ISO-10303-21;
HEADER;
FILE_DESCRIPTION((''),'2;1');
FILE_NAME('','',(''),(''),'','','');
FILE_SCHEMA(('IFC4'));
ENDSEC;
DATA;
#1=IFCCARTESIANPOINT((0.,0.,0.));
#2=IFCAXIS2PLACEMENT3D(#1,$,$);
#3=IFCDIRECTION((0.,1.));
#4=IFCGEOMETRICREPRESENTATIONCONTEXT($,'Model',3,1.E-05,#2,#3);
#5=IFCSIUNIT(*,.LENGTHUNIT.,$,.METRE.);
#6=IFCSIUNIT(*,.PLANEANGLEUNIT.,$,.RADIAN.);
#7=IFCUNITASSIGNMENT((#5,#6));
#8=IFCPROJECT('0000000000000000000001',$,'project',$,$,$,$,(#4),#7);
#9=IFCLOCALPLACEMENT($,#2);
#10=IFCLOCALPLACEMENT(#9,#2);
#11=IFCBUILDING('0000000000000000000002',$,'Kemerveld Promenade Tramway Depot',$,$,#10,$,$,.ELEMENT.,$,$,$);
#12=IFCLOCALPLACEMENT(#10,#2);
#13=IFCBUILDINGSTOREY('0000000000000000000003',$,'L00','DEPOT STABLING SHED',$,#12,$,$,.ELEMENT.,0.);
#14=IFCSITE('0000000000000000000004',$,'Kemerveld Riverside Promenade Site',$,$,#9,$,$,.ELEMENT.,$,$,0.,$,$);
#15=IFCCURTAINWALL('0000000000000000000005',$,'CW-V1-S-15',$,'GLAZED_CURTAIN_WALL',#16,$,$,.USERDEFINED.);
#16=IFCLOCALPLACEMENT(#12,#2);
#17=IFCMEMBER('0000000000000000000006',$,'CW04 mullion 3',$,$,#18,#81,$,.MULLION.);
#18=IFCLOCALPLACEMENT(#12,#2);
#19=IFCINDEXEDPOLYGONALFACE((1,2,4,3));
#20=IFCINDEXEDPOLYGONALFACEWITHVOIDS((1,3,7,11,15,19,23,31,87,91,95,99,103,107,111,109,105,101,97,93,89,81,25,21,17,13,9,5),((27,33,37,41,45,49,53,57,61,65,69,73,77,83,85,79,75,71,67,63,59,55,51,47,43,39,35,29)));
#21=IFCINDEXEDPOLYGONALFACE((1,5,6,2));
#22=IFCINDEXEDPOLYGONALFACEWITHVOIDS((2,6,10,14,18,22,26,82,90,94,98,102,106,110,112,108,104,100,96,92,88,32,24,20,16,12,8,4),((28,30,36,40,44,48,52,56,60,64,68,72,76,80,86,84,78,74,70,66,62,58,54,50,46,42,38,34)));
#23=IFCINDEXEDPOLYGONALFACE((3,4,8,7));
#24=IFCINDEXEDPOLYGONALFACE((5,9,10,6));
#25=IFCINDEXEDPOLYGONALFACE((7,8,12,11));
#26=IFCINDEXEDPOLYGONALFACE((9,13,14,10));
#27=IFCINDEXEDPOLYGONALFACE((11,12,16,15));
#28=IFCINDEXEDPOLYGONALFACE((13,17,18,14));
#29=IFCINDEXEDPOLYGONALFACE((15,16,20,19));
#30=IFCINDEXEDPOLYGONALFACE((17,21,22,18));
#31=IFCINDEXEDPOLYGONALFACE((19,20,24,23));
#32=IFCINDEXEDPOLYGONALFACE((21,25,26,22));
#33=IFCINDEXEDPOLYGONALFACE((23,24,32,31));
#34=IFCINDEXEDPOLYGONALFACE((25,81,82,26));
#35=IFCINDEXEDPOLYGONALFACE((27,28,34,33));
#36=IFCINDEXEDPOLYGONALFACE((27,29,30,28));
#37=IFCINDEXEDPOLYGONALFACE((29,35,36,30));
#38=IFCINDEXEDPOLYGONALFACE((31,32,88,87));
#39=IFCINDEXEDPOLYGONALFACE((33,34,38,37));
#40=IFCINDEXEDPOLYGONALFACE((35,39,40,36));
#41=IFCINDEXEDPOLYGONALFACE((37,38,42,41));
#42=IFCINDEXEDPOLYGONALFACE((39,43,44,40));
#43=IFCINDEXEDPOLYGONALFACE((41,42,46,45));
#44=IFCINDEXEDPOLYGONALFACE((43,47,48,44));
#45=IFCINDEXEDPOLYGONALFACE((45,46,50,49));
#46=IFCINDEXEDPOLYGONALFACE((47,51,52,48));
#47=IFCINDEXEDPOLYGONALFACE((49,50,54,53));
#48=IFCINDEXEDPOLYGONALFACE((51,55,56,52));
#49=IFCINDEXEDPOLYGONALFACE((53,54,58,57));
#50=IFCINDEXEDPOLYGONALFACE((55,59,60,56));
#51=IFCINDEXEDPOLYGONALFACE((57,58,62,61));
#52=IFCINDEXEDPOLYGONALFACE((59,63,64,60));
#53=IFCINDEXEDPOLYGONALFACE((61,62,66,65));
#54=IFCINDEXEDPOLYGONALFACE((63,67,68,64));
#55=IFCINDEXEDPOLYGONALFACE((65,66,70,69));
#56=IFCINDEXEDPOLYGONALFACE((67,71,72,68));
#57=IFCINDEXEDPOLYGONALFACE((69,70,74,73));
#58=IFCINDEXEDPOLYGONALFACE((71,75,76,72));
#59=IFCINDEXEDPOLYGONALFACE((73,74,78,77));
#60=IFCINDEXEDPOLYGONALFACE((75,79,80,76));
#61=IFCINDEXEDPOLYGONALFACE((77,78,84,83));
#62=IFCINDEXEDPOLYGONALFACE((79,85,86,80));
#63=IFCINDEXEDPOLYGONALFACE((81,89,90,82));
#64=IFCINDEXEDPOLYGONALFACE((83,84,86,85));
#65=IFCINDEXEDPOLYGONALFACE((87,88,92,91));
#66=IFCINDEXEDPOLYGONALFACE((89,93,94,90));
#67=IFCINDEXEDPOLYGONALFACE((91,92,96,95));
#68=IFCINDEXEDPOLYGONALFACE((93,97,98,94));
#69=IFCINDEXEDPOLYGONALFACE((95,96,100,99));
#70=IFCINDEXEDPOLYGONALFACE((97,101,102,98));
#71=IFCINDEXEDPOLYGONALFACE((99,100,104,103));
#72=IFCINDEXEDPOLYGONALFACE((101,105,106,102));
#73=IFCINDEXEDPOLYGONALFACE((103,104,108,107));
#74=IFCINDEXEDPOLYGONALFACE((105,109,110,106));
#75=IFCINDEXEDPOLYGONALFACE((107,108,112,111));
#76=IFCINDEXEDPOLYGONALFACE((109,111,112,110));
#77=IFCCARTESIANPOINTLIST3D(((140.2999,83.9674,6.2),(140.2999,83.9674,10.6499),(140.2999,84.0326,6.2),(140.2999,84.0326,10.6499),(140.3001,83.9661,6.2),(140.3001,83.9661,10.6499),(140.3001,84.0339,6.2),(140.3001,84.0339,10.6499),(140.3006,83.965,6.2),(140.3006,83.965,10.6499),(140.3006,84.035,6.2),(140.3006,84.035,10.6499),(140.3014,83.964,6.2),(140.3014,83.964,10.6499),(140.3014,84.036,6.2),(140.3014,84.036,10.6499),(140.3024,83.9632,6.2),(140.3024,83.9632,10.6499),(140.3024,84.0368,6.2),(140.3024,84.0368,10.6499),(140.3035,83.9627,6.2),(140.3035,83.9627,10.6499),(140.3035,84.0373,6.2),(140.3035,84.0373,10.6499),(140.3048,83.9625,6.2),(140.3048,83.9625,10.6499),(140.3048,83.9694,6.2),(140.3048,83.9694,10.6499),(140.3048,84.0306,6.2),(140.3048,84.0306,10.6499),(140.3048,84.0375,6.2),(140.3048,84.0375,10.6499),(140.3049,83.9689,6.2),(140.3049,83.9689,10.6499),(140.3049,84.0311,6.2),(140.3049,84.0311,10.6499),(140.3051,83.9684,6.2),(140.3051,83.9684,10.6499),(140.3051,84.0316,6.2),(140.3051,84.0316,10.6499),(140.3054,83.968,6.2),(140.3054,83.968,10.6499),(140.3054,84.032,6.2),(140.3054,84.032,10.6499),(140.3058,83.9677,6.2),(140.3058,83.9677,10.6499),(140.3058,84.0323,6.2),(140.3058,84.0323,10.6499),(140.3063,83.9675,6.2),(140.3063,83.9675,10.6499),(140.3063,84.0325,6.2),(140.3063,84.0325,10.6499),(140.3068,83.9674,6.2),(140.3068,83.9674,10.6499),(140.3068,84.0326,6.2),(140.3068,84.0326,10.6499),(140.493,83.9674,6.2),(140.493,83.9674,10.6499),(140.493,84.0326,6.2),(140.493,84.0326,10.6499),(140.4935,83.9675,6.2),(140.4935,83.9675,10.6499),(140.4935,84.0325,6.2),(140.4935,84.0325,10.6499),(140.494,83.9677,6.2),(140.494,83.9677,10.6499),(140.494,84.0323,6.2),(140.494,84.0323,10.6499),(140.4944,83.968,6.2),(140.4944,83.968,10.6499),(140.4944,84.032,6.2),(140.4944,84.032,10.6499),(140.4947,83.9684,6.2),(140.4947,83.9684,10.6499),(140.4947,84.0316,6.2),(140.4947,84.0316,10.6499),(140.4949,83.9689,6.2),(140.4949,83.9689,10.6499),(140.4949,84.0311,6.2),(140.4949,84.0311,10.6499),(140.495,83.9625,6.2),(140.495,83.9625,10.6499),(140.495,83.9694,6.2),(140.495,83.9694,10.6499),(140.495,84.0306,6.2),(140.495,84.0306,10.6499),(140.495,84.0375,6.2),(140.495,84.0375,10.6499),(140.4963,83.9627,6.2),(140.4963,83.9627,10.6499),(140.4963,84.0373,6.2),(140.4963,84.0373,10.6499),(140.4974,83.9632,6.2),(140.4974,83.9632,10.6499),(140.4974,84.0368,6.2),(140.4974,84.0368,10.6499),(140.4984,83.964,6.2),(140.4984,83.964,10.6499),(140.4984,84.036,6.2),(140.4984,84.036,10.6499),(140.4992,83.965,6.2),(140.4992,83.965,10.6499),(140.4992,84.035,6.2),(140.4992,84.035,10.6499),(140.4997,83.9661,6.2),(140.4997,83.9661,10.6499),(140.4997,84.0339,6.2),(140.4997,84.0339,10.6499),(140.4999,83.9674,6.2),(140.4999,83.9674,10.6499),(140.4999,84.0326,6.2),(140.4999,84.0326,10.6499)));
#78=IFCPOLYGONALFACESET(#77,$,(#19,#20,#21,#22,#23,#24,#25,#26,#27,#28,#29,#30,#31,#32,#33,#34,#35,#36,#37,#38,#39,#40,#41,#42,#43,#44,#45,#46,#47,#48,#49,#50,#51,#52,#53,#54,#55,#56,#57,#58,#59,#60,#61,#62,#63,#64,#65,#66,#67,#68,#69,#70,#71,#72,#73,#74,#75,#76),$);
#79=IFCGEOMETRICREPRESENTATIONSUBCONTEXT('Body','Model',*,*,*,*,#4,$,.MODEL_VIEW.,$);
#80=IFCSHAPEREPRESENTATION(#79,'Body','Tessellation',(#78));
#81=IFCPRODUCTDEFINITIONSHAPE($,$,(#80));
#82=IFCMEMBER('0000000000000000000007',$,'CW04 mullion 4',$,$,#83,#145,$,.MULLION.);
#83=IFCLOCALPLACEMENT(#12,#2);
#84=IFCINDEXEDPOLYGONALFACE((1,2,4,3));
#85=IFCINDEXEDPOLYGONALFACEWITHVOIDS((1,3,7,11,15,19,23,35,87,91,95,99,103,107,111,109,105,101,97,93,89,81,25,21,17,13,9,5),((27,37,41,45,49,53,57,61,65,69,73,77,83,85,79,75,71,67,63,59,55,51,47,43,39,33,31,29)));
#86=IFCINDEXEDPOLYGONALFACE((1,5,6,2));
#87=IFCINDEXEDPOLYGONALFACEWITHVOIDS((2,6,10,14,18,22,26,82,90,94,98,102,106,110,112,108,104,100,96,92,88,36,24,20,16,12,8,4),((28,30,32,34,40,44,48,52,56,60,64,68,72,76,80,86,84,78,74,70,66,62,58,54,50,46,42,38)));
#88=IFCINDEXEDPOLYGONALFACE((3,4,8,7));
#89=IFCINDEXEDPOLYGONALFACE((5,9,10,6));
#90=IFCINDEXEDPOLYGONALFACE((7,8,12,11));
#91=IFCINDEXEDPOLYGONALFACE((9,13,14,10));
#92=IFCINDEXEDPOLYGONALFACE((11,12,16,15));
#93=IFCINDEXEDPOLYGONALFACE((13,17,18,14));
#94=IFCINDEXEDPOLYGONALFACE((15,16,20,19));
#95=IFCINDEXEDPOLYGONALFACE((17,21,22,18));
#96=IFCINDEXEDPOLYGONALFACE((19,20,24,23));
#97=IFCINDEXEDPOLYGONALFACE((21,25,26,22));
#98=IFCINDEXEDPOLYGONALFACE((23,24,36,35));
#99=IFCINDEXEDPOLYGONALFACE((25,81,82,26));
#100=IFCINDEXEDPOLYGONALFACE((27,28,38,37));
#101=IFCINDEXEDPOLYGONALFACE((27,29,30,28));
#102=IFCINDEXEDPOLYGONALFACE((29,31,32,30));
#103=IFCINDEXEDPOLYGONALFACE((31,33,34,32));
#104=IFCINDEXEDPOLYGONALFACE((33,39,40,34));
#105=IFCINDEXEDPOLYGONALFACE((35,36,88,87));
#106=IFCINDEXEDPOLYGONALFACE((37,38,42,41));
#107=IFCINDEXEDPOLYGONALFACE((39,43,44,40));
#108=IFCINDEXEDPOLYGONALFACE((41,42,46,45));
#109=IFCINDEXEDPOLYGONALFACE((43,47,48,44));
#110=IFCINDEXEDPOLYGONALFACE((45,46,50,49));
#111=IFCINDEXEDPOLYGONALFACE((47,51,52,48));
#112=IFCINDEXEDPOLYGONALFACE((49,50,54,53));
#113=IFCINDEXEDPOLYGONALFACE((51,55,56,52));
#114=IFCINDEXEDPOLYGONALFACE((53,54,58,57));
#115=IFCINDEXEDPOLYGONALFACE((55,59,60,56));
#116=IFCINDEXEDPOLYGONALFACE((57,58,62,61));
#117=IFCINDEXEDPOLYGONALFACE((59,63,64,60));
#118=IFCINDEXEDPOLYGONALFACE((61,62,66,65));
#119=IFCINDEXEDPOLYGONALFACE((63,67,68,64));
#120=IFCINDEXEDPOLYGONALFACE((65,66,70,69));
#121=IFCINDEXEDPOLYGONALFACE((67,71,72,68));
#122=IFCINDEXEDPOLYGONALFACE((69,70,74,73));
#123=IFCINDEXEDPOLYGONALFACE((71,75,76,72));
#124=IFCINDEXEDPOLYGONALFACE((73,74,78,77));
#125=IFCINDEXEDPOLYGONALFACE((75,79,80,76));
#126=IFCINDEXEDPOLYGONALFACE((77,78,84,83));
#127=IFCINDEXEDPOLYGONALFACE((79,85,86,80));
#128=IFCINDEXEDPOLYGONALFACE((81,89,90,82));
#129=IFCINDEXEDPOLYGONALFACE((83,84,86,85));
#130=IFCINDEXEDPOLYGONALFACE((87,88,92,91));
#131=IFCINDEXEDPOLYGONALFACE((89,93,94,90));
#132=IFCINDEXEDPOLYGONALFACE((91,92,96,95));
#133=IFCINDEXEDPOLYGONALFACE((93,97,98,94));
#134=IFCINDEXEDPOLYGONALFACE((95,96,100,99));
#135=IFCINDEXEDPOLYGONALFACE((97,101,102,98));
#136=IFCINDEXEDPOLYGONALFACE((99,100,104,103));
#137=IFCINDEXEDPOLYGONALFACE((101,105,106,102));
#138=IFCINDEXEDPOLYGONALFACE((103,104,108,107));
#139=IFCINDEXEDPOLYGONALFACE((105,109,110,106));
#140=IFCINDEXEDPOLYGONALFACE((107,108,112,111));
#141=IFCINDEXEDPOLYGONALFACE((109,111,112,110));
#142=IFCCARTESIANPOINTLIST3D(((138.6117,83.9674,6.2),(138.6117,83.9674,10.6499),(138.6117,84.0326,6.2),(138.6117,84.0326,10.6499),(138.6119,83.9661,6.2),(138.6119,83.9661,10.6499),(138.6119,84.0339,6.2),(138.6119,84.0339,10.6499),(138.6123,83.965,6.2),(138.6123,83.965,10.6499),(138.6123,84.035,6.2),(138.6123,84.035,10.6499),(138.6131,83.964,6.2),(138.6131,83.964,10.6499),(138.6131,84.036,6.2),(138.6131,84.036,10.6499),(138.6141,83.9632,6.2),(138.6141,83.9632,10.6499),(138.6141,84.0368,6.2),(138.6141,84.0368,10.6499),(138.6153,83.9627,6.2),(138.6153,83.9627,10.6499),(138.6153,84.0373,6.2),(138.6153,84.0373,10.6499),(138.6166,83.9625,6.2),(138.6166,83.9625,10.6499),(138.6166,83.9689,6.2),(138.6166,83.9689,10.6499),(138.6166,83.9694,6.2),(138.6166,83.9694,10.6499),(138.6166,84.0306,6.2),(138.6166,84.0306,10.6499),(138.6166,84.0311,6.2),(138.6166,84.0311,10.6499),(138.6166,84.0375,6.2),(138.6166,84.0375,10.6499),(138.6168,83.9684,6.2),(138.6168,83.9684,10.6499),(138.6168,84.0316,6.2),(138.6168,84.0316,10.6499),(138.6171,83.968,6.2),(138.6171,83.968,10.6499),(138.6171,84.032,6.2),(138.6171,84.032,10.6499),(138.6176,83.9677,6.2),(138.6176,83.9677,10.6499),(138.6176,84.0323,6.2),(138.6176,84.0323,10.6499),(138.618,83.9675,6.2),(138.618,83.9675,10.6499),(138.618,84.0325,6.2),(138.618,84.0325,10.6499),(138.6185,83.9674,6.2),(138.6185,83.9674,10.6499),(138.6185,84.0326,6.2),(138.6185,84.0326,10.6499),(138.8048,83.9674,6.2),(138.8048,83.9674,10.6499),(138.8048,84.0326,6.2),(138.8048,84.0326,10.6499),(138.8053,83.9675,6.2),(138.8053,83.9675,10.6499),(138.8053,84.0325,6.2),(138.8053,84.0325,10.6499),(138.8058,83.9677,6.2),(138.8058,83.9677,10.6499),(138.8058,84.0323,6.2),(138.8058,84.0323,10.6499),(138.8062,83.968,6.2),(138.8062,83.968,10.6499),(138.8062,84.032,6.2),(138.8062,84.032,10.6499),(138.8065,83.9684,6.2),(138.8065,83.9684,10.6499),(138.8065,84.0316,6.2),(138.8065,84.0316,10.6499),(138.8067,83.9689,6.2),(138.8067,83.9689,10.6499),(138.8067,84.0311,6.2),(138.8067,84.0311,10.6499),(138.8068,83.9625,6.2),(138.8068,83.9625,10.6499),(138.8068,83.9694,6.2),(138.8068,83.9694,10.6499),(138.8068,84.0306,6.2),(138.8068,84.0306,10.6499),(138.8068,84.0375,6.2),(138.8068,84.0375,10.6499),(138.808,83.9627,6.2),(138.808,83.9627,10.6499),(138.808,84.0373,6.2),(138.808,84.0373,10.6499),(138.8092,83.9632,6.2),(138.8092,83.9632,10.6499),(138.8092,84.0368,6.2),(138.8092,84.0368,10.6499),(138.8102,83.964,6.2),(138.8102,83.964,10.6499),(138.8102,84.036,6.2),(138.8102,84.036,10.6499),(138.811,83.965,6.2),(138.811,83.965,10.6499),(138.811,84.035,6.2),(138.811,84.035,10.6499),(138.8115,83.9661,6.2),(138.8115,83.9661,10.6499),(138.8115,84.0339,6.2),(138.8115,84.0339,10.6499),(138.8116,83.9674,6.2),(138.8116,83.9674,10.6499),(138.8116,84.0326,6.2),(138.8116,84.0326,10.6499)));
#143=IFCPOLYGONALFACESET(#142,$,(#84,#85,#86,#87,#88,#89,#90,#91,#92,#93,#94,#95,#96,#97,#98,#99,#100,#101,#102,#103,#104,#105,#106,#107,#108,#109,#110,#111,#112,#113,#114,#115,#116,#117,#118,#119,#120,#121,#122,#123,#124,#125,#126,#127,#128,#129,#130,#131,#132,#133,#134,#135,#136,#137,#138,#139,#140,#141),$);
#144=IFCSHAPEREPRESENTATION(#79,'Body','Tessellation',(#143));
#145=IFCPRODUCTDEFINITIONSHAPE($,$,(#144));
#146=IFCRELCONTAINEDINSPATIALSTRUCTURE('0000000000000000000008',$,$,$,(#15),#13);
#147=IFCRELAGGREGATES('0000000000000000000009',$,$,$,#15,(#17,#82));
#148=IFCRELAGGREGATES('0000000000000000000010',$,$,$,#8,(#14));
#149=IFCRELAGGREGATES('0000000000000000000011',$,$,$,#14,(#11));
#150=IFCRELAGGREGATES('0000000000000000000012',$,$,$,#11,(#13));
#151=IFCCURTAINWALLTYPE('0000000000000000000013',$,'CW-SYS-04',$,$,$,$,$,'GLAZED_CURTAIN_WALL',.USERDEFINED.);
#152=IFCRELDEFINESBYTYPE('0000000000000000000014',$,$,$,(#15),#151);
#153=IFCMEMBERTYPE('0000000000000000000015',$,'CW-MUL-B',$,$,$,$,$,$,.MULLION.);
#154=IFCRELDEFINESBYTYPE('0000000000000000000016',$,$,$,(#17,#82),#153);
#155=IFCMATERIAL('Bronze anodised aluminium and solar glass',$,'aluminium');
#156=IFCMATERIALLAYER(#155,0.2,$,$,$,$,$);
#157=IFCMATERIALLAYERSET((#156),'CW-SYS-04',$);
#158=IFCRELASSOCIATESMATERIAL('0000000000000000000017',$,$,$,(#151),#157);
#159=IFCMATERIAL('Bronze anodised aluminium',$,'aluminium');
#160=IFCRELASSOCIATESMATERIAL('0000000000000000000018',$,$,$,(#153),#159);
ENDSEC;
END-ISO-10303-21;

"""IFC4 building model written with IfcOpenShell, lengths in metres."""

from ifc_helpers import new_model, si_unit, direction, frame, origin, origin_2d, place, context, subcontext, project, spatial, hollow_rectangle, extrude, material, layer, layer_set, material_profile, profile_set, type_object, element, aggregate, save


model = new_model("IFC4")

# Units and contexts
model_context = context("Model", 3, precision=1e-05, world=origin(), true_north=direction((0.0, 1.0)))
body_context = subcontext(model_context, "Body", "Model", "MODEL_VIEW")
ifc_project = project(units=[si_unit("LENGTHUNIT", "METRE"), si_unit("PLANEANGLEUNIT", "RADIAN")], contexts=[model_context])

# Site, building, storey
site_placement = place(None, origin())
site = spatial("IfcSite", under=ifc_project, at=site_placement, Name="Kemerveld Riverside Promenade Site", CompositionType="ELEMENT", RefElevation=0.0)
building_placement = place(site_placement, origin())
building = spatial("IfcBuilding", under=site, at=building_placement, Name="Kemerveld Promenade Tramway Depot", CompositionType="ELEMENT")
storey_placement = place(building_placement, origin())
storey = spatial("IfcBuildingStorey", under=building, at=storey_placement, Name="L00", Description="DEPOT STABLING SHED", CompositionType="ELEMENT", Elevation=0.0)

# Curtain wall, members
ifc_material_1 = material(Name="Bronze anodised aluminium and solar glass", Category="aluminium")
ifc_material_2 = material(Name="Bronze anodised aluminium", Category="aluminium")
ifc_layer_1 = layer(ifc_material_1, 0.2)
ifc_layer_set_1 = layer_set([ifc_layer_1], Name="CW-SYS-04")
curtain_wall_type_1 = type_object("IfcCurtainWallType", Name="CW-SYS-04", ElementType="GLAZED_CURTAIN_WALL", PredefinedType="USERDEFINED", material=ifc_layer_set_1)
curtain_wall_1_placement = place(storey_placement, origin())
curtain_wall_1 = element("IfcCurtainWall", 1, at=curtain_wall_1_placement, inside=storey, type_object=curtain_wall_type_1, Name="CW-V1-S-15", ObjectType="GLAZED_CURTAIN_WALL", PredefinedType="USERDEFINED")
ifc_material_profile_1 = material_profile(ifc_material_2, hollow_rectangle(XDim=0.075, YDim=0.2, WallThickness=0.0049, InnerFilletRadius=0.002, OuterFilletRadius=0.0049, at=origin_2d()), Name="CW-MUL-200x75")
ifc_profile_set_1 = profile_set([ifc_material_profile_1], Name="Bronze anodised aluminium")
member_type_1 = type_object("IfcMemberType", Name="CW-MUL-B", PredefinedType="MULLION", material=ifc_profile_set_1)
member_1_placement = place(storey_placement, frame((140.3999, 84.0, 6.2), z_axis=(0.0, 0.0, 1.0), x_axis=(0.0, -1.0, 0.0)))
member_1 = element("IfcMember", 2, at=member_1_placement, type_object=member_type_1, Name="CW04 mullion 3", PredefinedType="MULLION", context=body_context, shape_type="SweptSolid", body=[
    extrude(hollow_rectangle(XDim=0.075, YDim=0.2, WallThickness=0.0049, InnerFilletRadius=0.002, OuterFilletRadius=0.0049, at=origin_2d()), origin(), (0.0, 0.0, 1.0), 4.45),
])
member_2_placement = place(storey_placement, frame((138.7117, 84.0, 6.2), z_axis=(0.0, 0.0, 1.0), x_axis=(0.0, -1.0, 0.0)))
member_2 = element("IfcMember", 3, at=member_2_placement, type_object=member_type_1, Name="CW04 mullion 4", PredefinedType="MULLION", context=body_context, shape_type="SweptSolid", body=[
    extrude(hollow_rectangle(XDim=0.075, YDim=0.2, WallThickness=0.0049, InnerFilletRadius=0.002, OuterFilletRadius=0.0049, at=origin_2d()), origin(), (0.0, 0.0, 1.0), 4.45),
])

aggregate(curtain_wall_1, [member_1, member_2])

save(model, "model.ifc")
